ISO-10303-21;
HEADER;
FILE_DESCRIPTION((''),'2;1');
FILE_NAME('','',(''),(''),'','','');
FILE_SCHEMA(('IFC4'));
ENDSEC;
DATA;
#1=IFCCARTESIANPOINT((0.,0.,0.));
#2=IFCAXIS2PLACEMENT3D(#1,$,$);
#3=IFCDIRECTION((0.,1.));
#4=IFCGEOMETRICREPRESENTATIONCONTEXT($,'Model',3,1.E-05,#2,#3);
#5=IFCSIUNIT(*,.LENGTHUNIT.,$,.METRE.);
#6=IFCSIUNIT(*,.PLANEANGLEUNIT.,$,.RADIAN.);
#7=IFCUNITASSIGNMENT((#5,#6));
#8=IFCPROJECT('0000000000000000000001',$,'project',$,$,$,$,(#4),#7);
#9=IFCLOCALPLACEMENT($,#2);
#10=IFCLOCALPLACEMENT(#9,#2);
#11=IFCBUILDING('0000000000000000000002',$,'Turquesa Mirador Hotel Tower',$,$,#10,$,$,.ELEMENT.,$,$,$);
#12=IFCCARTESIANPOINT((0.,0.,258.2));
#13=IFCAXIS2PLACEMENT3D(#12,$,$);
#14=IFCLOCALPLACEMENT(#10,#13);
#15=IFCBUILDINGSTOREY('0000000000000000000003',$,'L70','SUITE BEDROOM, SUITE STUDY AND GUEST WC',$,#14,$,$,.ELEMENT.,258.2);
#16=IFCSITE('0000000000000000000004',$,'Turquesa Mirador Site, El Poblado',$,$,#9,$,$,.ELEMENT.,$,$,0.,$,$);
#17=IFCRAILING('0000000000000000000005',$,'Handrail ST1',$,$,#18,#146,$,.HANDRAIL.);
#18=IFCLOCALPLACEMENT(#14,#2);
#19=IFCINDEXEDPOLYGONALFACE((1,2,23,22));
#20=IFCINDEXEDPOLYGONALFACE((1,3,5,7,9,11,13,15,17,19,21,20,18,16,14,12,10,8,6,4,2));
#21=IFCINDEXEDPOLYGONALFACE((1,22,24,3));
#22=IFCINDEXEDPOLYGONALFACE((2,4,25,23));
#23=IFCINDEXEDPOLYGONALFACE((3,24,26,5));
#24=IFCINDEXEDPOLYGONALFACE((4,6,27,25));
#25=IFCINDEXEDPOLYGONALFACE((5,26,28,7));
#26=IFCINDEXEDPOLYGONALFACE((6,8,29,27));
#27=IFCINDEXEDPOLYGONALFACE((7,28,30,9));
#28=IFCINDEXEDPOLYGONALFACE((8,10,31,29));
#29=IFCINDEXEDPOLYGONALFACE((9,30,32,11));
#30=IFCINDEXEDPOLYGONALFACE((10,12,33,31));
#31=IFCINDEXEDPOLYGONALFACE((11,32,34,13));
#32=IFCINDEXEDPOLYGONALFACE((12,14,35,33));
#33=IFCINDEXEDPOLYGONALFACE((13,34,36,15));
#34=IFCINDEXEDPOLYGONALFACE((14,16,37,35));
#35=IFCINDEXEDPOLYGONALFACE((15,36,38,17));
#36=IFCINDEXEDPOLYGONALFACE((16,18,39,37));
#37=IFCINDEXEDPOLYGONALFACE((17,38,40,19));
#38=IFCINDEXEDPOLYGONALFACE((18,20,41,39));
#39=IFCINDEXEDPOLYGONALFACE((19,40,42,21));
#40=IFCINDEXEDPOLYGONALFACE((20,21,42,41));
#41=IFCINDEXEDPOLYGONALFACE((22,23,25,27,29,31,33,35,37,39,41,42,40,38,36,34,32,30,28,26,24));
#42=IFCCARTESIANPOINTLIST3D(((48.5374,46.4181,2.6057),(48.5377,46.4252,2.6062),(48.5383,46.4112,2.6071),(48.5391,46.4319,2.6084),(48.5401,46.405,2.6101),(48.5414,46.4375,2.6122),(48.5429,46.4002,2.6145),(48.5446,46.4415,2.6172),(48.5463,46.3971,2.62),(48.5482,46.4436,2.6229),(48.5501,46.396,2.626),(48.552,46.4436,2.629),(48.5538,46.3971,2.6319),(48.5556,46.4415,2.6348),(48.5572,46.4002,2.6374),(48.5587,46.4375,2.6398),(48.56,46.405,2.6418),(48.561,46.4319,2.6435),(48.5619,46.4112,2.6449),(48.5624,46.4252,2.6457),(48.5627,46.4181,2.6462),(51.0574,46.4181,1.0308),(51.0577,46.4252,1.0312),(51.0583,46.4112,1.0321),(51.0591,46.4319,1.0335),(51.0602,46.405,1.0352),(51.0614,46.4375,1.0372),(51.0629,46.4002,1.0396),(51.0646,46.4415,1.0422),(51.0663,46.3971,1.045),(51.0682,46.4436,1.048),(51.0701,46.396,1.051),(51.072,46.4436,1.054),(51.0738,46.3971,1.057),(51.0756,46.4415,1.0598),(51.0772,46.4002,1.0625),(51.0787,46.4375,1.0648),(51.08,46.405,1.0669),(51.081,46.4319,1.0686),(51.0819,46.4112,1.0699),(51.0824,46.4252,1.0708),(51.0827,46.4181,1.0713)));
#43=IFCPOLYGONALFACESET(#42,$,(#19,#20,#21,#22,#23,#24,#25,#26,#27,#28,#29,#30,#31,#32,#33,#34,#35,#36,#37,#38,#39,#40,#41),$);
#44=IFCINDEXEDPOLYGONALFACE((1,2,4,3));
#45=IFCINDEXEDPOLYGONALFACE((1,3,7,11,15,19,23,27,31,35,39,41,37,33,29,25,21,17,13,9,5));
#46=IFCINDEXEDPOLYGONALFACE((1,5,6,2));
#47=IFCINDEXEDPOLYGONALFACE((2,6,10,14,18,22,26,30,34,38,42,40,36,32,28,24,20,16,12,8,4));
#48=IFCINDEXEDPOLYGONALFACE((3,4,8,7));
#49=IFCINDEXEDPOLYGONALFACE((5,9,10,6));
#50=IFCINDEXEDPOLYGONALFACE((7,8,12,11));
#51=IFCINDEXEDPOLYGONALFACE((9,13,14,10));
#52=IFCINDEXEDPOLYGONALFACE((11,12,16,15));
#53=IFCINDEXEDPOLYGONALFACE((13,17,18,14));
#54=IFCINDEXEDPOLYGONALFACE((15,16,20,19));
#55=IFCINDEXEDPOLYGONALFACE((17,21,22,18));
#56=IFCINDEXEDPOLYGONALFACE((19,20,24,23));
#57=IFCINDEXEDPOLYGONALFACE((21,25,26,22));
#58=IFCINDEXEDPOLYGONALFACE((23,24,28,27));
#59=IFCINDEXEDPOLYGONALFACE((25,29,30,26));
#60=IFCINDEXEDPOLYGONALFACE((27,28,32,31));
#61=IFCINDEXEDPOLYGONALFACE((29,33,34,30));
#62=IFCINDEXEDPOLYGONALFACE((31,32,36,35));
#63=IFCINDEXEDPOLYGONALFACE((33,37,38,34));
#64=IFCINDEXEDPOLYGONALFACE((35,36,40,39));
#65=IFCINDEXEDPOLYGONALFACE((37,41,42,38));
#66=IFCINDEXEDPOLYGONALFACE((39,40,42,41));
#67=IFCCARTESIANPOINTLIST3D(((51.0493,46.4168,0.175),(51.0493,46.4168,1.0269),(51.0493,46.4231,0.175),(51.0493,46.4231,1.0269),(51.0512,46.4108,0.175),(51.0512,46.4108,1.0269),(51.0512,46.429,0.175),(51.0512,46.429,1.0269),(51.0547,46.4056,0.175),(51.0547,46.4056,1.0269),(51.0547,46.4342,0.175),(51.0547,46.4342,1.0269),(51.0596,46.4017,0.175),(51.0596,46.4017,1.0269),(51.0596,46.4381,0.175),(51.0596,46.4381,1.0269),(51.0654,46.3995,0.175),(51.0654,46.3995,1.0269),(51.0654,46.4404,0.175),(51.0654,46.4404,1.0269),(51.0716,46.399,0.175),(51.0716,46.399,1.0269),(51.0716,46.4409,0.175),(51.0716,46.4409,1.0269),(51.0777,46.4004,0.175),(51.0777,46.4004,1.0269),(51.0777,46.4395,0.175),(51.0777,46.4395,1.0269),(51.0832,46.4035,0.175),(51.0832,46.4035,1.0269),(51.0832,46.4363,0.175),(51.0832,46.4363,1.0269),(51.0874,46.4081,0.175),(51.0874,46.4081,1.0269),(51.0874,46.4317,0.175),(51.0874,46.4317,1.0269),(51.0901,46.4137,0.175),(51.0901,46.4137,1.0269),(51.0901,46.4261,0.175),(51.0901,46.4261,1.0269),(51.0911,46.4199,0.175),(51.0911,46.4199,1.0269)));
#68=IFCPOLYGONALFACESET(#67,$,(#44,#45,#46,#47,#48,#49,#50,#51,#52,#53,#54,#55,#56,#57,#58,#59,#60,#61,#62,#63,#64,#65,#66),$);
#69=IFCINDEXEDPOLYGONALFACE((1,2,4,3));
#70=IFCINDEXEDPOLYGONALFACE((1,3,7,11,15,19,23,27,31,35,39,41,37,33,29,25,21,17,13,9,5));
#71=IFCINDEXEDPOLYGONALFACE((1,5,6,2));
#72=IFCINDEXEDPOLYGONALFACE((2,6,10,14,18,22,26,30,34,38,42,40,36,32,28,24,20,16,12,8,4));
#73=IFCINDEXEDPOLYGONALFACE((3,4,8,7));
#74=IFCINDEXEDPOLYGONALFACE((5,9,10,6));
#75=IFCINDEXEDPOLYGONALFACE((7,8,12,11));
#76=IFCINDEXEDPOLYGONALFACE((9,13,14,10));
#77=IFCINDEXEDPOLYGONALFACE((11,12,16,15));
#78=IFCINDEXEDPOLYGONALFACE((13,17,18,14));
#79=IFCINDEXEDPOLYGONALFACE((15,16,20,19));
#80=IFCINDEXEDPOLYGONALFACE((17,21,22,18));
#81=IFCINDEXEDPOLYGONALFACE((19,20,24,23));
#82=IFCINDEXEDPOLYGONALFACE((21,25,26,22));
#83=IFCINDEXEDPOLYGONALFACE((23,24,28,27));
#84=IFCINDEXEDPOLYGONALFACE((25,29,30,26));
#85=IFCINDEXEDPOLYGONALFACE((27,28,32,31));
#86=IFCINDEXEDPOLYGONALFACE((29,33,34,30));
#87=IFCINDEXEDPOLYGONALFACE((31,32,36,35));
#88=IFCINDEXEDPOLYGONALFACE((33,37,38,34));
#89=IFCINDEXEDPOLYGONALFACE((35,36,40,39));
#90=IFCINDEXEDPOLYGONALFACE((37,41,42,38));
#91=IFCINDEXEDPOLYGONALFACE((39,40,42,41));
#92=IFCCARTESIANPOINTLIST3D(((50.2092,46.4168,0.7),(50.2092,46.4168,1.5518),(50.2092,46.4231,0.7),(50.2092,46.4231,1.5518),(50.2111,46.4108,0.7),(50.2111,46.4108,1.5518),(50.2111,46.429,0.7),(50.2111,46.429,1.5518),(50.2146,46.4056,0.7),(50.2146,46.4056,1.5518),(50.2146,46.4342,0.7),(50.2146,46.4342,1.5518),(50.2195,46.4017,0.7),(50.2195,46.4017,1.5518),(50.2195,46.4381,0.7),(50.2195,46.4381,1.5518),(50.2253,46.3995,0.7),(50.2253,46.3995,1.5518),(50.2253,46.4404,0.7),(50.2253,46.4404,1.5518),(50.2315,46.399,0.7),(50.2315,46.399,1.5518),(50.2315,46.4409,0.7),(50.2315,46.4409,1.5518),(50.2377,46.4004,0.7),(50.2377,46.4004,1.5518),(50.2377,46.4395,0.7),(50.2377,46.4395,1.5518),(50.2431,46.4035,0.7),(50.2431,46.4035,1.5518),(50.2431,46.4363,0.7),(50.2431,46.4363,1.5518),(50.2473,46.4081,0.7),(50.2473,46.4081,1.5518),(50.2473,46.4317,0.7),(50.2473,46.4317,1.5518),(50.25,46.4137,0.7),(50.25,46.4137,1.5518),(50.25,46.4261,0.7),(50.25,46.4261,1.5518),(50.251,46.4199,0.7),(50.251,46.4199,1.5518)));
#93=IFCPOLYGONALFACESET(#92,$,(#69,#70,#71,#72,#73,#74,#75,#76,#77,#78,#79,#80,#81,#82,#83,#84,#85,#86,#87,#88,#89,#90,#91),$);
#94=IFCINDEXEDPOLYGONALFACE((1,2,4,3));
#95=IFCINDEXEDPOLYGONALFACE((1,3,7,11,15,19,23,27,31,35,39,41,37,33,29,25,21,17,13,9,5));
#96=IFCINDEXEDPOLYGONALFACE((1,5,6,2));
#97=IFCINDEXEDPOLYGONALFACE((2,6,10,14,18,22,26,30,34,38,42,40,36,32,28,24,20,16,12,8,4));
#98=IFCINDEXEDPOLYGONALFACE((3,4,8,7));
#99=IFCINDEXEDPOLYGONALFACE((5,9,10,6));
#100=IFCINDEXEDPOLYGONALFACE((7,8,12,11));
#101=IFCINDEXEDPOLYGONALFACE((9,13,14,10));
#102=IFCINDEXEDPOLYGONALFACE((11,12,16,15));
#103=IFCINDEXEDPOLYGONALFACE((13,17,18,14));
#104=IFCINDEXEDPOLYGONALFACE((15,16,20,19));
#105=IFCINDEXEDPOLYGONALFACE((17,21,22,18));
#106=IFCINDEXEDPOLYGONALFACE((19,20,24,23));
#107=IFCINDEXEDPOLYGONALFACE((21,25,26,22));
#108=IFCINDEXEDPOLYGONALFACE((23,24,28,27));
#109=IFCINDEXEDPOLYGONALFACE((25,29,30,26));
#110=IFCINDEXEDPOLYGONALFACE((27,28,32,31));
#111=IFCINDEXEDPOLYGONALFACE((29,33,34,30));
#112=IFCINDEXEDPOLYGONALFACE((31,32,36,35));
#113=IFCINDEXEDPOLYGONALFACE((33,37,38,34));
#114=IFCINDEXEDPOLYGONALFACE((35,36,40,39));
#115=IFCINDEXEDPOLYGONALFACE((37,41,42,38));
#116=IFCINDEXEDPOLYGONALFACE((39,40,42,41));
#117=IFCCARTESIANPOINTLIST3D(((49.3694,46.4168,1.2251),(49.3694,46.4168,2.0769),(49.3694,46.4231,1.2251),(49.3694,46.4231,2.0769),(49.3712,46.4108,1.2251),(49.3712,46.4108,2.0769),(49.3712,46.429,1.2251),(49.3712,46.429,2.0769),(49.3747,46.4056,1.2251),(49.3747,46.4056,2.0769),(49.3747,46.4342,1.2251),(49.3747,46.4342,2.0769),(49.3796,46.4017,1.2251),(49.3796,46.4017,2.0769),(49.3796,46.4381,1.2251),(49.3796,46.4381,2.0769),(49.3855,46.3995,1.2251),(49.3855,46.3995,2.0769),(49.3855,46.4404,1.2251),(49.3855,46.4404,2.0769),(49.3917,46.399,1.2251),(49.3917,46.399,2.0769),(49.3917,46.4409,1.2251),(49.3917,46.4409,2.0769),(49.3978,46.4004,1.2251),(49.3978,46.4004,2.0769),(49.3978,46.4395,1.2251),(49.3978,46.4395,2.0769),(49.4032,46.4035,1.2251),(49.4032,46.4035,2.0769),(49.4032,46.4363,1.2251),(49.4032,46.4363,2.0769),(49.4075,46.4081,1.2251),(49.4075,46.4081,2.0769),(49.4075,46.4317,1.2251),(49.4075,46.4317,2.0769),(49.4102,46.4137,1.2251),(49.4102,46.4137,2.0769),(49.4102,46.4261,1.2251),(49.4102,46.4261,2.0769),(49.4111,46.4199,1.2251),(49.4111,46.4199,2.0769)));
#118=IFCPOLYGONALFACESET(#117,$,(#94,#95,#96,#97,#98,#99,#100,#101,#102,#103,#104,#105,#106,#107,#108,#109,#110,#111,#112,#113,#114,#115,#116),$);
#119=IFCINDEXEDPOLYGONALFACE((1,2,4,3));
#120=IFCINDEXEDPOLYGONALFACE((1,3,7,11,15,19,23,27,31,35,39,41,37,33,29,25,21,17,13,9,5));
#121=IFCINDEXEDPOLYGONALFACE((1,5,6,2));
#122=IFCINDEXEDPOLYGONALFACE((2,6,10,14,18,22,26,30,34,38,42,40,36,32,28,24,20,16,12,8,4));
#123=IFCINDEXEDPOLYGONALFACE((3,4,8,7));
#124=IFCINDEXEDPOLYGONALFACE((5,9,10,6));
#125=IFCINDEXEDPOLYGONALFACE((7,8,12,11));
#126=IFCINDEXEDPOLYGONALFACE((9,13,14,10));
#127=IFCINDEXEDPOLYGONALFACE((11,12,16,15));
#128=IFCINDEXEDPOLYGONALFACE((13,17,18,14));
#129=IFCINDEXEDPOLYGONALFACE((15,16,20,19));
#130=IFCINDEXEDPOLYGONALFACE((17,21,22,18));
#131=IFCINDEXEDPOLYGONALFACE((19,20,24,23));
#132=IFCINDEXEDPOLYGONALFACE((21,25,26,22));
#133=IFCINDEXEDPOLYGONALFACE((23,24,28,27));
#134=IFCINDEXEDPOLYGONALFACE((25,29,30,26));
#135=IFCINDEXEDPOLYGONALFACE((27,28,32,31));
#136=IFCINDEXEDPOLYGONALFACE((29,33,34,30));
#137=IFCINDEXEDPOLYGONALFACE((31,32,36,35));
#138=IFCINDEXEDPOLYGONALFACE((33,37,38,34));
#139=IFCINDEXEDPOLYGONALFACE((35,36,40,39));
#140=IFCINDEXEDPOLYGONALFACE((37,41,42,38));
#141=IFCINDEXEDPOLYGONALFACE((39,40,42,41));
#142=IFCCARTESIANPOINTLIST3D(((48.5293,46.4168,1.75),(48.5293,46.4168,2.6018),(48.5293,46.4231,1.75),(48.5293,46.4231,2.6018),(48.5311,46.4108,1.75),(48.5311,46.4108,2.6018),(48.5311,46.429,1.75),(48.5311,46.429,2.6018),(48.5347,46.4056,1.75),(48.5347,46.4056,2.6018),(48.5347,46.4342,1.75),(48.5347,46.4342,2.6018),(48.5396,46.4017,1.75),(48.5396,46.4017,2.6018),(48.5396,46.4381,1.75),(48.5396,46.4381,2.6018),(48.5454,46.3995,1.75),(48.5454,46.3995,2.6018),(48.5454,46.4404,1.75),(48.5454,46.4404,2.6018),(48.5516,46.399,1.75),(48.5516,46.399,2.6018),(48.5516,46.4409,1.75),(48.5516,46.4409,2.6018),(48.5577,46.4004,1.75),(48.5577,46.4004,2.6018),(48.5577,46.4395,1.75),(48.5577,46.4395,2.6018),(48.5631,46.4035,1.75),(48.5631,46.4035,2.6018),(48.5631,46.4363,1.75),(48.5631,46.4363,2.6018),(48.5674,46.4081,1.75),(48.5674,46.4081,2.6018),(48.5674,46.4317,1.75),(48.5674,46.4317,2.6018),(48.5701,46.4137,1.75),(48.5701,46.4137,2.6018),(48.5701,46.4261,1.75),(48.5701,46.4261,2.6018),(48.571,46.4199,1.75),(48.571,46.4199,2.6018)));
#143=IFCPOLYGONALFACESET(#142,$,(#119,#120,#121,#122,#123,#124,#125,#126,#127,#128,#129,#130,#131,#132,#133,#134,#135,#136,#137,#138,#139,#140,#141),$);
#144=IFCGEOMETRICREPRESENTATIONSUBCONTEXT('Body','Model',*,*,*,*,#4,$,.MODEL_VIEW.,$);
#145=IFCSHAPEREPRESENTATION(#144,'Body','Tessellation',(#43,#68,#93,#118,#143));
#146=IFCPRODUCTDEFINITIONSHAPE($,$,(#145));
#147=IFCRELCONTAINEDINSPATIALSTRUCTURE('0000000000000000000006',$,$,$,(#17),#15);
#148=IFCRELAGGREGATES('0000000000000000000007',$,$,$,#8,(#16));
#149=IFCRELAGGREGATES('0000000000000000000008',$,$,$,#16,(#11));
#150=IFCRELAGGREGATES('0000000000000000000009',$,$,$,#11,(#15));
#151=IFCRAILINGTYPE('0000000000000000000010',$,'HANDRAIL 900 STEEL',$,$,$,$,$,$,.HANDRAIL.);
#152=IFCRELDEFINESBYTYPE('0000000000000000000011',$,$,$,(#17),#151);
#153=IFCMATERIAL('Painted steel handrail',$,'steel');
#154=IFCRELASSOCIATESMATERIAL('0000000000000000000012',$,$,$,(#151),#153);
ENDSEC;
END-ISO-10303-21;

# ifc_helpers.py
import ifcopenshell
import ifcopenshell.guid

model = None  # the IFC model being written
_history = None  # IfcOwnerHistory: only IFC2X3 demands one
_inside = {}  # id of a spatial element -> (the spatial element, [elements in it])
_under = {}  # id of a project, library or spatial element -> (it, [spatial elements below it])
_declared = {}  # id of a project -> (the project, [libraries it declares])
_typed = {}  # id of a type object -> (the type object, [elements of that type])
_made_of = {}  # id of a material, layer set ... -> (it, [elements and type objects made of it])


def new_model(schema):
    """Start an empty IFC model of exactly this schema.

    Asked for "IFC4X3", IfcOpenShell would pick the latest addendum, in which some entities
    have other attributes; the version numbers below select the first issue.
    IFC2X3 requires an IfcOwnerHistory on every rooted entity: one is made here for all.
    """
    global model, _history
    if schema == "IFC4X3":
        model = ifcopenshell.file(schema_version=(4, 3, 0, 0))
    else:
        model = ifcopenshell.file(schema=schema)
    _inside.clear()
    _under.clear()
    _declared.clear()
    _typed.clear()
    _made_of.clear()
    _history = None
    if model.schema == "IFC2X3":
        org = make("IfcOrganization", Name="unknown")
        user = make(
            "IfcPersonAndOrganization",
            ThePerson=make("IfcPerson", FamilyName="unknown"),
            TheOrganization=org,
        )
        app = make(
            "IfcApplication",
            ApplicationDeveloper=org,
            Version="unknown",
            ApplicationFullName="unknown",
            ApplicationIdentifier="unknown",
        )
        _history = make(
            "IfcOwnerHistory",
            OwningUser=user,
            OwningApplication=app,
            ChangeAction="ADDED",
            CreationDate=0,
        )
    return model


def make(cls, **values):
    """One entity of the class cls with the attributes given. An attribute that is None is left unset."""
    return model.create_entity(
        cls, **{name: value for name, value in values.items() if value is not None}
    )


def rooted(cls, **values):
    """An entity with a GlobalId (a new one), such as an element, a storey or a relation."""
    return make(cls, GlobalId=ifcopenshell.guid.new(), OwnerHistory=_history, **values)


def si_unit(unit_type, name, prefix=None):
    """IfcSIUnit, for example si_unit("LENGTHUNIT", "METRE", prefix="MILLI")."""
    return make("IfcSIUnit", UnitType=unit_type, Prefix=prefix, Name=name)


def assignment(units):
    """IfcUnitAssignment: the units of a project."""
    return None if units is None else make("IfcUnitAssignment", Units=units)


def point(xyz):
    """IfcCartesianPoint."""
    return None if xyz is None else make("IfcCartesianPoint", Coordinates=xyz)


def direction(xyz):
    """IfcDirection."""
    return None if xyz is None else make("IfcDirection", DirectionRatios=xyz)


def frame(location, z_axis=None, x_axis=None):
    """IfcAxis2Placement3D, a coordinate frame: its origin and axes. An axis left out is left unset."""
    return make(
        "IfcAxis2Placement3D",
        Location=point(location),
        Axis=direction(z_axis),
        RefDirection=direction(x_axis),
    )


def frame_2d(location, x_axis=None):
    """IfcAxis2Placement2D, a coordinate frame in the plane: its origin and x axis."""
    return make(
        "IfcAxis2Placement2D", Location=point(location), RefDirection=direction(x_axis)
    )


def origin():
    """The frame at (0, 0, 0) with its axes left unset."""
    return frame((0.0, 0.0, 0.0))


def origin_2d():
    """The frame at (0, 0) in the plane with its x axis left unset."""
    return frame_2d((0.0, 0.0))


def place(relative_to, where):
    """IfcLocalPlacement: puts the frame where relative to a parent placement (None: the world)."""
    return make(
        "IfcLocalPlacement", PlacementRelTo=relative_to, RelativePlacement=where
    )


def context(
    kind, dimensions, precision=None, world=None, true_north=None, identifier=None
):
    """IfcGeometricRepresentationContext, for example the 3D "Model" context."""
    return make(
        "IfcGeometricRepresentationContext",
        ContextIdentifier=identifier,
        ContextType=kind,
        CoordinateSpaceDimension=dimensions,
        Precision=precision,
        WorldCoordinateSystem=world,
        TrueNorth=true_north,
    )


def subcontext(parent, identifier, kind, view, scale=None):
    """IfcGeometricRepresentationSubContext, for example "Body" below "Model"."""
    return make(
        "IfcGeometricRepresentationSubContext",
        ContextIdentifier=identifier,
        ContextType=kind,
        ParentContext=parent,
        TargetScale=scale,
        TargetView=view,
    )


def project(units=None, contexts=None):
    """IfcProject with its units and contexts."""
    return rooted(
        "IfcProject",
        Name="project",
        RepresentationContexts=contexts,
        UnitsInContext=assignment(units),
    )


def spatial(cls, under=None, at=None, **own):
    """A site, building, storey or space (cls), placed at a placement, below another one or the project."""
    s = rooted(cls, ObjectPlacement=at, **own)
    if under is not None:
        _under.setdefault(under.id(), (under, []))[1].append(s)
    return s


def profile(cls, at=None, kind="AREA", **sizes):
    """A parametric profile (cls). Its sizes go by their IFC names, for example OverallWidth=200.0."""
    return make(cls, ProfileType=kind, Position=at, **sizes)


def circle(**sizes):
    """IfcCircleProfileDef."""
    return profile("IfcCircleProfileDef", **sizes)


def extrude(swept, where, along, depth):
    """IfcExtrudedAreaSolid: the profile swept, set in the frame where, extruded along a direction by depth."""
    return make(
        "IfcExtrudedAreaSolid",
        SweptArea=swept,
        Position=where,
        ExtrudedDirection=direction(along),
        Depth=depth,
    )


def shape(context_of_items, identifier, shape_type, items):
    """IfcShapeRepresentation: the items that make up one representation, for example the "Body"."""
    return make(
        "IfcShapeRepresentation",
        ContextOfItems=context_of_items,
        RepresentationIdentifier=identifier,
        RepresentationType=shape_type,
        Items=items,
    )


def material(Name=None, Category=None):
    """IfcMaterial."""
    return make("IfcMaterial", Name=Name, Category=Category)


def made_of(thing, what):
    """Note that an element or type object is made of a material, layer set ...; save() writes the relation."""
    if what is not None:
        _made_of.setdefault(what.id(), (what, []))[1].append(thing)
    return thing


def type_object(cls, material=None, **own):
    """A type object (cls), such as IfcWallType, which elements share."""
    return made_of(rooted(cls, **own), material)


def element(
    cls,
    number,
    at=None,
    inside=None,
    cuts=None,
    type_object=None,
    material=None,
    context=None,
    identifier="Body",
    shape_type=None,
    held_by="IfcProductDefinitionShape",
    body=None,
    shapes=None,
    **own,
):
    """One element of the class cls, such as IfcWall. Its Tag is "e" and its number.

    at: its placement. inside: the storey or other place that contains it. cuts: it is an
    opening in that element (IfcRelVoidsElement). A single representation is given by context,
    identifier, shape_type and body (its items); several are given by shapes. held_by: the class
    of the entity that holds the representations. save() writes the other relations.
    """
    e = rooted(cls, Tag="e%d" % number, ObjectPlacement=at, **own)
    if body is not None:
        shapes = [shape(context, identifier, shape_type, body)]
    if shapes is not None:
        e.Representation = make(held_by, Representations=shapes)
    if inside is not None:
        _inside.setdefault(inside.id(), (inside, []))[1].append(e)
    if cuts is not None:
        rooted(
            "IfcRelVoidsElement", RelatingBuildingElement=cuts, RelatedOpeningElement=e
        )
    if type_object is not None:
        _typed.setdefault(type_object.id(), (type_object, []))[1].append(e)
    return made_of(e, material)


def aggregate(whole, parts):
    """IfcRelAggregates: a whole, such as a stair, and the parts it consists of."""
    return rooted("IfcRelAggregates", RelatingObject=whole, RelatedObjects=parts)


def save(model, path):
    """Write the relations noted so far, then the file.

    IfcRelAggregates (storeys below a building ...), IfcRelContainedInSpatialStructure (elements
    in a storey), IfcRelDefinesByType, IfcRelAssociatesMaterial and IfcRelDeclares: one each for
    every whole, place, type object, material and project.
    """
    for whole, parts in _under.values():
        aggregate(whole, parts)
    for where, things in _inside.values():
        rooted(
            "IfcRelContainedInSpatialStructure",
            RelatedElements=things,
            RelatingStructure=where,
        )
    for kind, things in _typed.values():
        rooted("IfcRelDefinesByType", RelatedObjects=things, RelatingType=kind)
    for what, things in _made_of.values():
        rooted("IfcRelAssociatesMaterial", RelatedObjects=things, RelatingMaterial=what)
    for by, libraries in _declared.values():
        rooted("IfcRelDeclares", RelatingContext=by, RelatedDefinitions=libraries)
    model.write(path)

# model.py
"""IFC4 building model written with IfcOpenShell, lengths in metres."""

from ifc_helpers import new_model, si_unit, direction, frame, origin, origin_2d, place, context, subcontext, project, spatial, circle, extrude, material, type_object, element, save


model = new_model("IFC4")

# Units and contexts
model_context = context("Model", 3, precision=1e-05, world=origin(), true_north=direction((0.0, 1.0)))
body_context = subcontext(model_context, "Body", "Model", "MODEL_VIEW")
ifc_project = project(units=[si_unit("LENGTHUNIT", "METRE"), si_unit("PLANEANGLEUNIT", "RADIAN")], contexts=[model_context])

# Site, building, storey
site_placement = place(None, origin())
site = spatial("IfcSite", under=ifc_project, at=site_placement, Name="Turquesa Mirador Site, El Poblado", CompositionType="ELEMENT", RefElevation=0.0)
building_placement = place(site_placement, origin())
building = spatial("IfcBuilding", under=site, at=building_placement, Name="Turquesa Mirador Hotel Tower", CompositionType="ELEMENT")
storey_placement = place(building_placement, frame((0.0, 0.0, 258.2)))
storey = spatial("IfcBuildingStorey", under=building, at=storey_placement, Name="L70", Description="SUITE BEDROOM, SUITE STUDY AND GUEST WC", CompositionType="ELEMENT", Elevation=258.2)

# Railing
ifc_material_1 = material(Name="Painted steel handrail", Category="steel")
railing_type = type_object("IfcRailingType", Name="HANDRAIL 900 STEEL", PredefinedType="HANDRAIL", material=ifc_material_1)
railing_1_placement = place(storey_placement, frame((51.0701, 46.4199, 0.175)))
element("IfcRailing", 1, at=railing_1_placement, inside=storey, type_object=railing_type, Name="Handrail ST1", PredefinedType="HANDRAIL", context=body_context, shape_type="SweptSolid", body=[
    extrude(circle(Radius=0.0239, at=origin_2d()), frame((0.0, 0.0, 0.876), z_axis=(-0.848008, 0.0, 0.529984), x_axis=(0.0, -1.0, 0.0)), (0.0, 0.0, 1.0), 2.9717),
    extrude(circle(Radius=0.021, at=origin_2d()), origin(), (0.0, 0.0, 1.0), 0.8518),
    extrude(circle(Radius=0.021, at=origin_2d()), frame((-0.8401, 0.0, 0.5249)), (0.0, 0.0, 1.0), 0.8518),
    extrude(circle(Radius=0.021, at=origin_2d()), frame((-1.6799, 0.0, 1.05)), (0.0, 0.0, 1.0), 0.8518),
    extrude(circle(Radius=0.021, at=origin_2d()), frame((-2.52, 0.0, 1.575)), (0.0, 0.0, 1.0), 0.8518),
])

save(model, "model.ifc")
